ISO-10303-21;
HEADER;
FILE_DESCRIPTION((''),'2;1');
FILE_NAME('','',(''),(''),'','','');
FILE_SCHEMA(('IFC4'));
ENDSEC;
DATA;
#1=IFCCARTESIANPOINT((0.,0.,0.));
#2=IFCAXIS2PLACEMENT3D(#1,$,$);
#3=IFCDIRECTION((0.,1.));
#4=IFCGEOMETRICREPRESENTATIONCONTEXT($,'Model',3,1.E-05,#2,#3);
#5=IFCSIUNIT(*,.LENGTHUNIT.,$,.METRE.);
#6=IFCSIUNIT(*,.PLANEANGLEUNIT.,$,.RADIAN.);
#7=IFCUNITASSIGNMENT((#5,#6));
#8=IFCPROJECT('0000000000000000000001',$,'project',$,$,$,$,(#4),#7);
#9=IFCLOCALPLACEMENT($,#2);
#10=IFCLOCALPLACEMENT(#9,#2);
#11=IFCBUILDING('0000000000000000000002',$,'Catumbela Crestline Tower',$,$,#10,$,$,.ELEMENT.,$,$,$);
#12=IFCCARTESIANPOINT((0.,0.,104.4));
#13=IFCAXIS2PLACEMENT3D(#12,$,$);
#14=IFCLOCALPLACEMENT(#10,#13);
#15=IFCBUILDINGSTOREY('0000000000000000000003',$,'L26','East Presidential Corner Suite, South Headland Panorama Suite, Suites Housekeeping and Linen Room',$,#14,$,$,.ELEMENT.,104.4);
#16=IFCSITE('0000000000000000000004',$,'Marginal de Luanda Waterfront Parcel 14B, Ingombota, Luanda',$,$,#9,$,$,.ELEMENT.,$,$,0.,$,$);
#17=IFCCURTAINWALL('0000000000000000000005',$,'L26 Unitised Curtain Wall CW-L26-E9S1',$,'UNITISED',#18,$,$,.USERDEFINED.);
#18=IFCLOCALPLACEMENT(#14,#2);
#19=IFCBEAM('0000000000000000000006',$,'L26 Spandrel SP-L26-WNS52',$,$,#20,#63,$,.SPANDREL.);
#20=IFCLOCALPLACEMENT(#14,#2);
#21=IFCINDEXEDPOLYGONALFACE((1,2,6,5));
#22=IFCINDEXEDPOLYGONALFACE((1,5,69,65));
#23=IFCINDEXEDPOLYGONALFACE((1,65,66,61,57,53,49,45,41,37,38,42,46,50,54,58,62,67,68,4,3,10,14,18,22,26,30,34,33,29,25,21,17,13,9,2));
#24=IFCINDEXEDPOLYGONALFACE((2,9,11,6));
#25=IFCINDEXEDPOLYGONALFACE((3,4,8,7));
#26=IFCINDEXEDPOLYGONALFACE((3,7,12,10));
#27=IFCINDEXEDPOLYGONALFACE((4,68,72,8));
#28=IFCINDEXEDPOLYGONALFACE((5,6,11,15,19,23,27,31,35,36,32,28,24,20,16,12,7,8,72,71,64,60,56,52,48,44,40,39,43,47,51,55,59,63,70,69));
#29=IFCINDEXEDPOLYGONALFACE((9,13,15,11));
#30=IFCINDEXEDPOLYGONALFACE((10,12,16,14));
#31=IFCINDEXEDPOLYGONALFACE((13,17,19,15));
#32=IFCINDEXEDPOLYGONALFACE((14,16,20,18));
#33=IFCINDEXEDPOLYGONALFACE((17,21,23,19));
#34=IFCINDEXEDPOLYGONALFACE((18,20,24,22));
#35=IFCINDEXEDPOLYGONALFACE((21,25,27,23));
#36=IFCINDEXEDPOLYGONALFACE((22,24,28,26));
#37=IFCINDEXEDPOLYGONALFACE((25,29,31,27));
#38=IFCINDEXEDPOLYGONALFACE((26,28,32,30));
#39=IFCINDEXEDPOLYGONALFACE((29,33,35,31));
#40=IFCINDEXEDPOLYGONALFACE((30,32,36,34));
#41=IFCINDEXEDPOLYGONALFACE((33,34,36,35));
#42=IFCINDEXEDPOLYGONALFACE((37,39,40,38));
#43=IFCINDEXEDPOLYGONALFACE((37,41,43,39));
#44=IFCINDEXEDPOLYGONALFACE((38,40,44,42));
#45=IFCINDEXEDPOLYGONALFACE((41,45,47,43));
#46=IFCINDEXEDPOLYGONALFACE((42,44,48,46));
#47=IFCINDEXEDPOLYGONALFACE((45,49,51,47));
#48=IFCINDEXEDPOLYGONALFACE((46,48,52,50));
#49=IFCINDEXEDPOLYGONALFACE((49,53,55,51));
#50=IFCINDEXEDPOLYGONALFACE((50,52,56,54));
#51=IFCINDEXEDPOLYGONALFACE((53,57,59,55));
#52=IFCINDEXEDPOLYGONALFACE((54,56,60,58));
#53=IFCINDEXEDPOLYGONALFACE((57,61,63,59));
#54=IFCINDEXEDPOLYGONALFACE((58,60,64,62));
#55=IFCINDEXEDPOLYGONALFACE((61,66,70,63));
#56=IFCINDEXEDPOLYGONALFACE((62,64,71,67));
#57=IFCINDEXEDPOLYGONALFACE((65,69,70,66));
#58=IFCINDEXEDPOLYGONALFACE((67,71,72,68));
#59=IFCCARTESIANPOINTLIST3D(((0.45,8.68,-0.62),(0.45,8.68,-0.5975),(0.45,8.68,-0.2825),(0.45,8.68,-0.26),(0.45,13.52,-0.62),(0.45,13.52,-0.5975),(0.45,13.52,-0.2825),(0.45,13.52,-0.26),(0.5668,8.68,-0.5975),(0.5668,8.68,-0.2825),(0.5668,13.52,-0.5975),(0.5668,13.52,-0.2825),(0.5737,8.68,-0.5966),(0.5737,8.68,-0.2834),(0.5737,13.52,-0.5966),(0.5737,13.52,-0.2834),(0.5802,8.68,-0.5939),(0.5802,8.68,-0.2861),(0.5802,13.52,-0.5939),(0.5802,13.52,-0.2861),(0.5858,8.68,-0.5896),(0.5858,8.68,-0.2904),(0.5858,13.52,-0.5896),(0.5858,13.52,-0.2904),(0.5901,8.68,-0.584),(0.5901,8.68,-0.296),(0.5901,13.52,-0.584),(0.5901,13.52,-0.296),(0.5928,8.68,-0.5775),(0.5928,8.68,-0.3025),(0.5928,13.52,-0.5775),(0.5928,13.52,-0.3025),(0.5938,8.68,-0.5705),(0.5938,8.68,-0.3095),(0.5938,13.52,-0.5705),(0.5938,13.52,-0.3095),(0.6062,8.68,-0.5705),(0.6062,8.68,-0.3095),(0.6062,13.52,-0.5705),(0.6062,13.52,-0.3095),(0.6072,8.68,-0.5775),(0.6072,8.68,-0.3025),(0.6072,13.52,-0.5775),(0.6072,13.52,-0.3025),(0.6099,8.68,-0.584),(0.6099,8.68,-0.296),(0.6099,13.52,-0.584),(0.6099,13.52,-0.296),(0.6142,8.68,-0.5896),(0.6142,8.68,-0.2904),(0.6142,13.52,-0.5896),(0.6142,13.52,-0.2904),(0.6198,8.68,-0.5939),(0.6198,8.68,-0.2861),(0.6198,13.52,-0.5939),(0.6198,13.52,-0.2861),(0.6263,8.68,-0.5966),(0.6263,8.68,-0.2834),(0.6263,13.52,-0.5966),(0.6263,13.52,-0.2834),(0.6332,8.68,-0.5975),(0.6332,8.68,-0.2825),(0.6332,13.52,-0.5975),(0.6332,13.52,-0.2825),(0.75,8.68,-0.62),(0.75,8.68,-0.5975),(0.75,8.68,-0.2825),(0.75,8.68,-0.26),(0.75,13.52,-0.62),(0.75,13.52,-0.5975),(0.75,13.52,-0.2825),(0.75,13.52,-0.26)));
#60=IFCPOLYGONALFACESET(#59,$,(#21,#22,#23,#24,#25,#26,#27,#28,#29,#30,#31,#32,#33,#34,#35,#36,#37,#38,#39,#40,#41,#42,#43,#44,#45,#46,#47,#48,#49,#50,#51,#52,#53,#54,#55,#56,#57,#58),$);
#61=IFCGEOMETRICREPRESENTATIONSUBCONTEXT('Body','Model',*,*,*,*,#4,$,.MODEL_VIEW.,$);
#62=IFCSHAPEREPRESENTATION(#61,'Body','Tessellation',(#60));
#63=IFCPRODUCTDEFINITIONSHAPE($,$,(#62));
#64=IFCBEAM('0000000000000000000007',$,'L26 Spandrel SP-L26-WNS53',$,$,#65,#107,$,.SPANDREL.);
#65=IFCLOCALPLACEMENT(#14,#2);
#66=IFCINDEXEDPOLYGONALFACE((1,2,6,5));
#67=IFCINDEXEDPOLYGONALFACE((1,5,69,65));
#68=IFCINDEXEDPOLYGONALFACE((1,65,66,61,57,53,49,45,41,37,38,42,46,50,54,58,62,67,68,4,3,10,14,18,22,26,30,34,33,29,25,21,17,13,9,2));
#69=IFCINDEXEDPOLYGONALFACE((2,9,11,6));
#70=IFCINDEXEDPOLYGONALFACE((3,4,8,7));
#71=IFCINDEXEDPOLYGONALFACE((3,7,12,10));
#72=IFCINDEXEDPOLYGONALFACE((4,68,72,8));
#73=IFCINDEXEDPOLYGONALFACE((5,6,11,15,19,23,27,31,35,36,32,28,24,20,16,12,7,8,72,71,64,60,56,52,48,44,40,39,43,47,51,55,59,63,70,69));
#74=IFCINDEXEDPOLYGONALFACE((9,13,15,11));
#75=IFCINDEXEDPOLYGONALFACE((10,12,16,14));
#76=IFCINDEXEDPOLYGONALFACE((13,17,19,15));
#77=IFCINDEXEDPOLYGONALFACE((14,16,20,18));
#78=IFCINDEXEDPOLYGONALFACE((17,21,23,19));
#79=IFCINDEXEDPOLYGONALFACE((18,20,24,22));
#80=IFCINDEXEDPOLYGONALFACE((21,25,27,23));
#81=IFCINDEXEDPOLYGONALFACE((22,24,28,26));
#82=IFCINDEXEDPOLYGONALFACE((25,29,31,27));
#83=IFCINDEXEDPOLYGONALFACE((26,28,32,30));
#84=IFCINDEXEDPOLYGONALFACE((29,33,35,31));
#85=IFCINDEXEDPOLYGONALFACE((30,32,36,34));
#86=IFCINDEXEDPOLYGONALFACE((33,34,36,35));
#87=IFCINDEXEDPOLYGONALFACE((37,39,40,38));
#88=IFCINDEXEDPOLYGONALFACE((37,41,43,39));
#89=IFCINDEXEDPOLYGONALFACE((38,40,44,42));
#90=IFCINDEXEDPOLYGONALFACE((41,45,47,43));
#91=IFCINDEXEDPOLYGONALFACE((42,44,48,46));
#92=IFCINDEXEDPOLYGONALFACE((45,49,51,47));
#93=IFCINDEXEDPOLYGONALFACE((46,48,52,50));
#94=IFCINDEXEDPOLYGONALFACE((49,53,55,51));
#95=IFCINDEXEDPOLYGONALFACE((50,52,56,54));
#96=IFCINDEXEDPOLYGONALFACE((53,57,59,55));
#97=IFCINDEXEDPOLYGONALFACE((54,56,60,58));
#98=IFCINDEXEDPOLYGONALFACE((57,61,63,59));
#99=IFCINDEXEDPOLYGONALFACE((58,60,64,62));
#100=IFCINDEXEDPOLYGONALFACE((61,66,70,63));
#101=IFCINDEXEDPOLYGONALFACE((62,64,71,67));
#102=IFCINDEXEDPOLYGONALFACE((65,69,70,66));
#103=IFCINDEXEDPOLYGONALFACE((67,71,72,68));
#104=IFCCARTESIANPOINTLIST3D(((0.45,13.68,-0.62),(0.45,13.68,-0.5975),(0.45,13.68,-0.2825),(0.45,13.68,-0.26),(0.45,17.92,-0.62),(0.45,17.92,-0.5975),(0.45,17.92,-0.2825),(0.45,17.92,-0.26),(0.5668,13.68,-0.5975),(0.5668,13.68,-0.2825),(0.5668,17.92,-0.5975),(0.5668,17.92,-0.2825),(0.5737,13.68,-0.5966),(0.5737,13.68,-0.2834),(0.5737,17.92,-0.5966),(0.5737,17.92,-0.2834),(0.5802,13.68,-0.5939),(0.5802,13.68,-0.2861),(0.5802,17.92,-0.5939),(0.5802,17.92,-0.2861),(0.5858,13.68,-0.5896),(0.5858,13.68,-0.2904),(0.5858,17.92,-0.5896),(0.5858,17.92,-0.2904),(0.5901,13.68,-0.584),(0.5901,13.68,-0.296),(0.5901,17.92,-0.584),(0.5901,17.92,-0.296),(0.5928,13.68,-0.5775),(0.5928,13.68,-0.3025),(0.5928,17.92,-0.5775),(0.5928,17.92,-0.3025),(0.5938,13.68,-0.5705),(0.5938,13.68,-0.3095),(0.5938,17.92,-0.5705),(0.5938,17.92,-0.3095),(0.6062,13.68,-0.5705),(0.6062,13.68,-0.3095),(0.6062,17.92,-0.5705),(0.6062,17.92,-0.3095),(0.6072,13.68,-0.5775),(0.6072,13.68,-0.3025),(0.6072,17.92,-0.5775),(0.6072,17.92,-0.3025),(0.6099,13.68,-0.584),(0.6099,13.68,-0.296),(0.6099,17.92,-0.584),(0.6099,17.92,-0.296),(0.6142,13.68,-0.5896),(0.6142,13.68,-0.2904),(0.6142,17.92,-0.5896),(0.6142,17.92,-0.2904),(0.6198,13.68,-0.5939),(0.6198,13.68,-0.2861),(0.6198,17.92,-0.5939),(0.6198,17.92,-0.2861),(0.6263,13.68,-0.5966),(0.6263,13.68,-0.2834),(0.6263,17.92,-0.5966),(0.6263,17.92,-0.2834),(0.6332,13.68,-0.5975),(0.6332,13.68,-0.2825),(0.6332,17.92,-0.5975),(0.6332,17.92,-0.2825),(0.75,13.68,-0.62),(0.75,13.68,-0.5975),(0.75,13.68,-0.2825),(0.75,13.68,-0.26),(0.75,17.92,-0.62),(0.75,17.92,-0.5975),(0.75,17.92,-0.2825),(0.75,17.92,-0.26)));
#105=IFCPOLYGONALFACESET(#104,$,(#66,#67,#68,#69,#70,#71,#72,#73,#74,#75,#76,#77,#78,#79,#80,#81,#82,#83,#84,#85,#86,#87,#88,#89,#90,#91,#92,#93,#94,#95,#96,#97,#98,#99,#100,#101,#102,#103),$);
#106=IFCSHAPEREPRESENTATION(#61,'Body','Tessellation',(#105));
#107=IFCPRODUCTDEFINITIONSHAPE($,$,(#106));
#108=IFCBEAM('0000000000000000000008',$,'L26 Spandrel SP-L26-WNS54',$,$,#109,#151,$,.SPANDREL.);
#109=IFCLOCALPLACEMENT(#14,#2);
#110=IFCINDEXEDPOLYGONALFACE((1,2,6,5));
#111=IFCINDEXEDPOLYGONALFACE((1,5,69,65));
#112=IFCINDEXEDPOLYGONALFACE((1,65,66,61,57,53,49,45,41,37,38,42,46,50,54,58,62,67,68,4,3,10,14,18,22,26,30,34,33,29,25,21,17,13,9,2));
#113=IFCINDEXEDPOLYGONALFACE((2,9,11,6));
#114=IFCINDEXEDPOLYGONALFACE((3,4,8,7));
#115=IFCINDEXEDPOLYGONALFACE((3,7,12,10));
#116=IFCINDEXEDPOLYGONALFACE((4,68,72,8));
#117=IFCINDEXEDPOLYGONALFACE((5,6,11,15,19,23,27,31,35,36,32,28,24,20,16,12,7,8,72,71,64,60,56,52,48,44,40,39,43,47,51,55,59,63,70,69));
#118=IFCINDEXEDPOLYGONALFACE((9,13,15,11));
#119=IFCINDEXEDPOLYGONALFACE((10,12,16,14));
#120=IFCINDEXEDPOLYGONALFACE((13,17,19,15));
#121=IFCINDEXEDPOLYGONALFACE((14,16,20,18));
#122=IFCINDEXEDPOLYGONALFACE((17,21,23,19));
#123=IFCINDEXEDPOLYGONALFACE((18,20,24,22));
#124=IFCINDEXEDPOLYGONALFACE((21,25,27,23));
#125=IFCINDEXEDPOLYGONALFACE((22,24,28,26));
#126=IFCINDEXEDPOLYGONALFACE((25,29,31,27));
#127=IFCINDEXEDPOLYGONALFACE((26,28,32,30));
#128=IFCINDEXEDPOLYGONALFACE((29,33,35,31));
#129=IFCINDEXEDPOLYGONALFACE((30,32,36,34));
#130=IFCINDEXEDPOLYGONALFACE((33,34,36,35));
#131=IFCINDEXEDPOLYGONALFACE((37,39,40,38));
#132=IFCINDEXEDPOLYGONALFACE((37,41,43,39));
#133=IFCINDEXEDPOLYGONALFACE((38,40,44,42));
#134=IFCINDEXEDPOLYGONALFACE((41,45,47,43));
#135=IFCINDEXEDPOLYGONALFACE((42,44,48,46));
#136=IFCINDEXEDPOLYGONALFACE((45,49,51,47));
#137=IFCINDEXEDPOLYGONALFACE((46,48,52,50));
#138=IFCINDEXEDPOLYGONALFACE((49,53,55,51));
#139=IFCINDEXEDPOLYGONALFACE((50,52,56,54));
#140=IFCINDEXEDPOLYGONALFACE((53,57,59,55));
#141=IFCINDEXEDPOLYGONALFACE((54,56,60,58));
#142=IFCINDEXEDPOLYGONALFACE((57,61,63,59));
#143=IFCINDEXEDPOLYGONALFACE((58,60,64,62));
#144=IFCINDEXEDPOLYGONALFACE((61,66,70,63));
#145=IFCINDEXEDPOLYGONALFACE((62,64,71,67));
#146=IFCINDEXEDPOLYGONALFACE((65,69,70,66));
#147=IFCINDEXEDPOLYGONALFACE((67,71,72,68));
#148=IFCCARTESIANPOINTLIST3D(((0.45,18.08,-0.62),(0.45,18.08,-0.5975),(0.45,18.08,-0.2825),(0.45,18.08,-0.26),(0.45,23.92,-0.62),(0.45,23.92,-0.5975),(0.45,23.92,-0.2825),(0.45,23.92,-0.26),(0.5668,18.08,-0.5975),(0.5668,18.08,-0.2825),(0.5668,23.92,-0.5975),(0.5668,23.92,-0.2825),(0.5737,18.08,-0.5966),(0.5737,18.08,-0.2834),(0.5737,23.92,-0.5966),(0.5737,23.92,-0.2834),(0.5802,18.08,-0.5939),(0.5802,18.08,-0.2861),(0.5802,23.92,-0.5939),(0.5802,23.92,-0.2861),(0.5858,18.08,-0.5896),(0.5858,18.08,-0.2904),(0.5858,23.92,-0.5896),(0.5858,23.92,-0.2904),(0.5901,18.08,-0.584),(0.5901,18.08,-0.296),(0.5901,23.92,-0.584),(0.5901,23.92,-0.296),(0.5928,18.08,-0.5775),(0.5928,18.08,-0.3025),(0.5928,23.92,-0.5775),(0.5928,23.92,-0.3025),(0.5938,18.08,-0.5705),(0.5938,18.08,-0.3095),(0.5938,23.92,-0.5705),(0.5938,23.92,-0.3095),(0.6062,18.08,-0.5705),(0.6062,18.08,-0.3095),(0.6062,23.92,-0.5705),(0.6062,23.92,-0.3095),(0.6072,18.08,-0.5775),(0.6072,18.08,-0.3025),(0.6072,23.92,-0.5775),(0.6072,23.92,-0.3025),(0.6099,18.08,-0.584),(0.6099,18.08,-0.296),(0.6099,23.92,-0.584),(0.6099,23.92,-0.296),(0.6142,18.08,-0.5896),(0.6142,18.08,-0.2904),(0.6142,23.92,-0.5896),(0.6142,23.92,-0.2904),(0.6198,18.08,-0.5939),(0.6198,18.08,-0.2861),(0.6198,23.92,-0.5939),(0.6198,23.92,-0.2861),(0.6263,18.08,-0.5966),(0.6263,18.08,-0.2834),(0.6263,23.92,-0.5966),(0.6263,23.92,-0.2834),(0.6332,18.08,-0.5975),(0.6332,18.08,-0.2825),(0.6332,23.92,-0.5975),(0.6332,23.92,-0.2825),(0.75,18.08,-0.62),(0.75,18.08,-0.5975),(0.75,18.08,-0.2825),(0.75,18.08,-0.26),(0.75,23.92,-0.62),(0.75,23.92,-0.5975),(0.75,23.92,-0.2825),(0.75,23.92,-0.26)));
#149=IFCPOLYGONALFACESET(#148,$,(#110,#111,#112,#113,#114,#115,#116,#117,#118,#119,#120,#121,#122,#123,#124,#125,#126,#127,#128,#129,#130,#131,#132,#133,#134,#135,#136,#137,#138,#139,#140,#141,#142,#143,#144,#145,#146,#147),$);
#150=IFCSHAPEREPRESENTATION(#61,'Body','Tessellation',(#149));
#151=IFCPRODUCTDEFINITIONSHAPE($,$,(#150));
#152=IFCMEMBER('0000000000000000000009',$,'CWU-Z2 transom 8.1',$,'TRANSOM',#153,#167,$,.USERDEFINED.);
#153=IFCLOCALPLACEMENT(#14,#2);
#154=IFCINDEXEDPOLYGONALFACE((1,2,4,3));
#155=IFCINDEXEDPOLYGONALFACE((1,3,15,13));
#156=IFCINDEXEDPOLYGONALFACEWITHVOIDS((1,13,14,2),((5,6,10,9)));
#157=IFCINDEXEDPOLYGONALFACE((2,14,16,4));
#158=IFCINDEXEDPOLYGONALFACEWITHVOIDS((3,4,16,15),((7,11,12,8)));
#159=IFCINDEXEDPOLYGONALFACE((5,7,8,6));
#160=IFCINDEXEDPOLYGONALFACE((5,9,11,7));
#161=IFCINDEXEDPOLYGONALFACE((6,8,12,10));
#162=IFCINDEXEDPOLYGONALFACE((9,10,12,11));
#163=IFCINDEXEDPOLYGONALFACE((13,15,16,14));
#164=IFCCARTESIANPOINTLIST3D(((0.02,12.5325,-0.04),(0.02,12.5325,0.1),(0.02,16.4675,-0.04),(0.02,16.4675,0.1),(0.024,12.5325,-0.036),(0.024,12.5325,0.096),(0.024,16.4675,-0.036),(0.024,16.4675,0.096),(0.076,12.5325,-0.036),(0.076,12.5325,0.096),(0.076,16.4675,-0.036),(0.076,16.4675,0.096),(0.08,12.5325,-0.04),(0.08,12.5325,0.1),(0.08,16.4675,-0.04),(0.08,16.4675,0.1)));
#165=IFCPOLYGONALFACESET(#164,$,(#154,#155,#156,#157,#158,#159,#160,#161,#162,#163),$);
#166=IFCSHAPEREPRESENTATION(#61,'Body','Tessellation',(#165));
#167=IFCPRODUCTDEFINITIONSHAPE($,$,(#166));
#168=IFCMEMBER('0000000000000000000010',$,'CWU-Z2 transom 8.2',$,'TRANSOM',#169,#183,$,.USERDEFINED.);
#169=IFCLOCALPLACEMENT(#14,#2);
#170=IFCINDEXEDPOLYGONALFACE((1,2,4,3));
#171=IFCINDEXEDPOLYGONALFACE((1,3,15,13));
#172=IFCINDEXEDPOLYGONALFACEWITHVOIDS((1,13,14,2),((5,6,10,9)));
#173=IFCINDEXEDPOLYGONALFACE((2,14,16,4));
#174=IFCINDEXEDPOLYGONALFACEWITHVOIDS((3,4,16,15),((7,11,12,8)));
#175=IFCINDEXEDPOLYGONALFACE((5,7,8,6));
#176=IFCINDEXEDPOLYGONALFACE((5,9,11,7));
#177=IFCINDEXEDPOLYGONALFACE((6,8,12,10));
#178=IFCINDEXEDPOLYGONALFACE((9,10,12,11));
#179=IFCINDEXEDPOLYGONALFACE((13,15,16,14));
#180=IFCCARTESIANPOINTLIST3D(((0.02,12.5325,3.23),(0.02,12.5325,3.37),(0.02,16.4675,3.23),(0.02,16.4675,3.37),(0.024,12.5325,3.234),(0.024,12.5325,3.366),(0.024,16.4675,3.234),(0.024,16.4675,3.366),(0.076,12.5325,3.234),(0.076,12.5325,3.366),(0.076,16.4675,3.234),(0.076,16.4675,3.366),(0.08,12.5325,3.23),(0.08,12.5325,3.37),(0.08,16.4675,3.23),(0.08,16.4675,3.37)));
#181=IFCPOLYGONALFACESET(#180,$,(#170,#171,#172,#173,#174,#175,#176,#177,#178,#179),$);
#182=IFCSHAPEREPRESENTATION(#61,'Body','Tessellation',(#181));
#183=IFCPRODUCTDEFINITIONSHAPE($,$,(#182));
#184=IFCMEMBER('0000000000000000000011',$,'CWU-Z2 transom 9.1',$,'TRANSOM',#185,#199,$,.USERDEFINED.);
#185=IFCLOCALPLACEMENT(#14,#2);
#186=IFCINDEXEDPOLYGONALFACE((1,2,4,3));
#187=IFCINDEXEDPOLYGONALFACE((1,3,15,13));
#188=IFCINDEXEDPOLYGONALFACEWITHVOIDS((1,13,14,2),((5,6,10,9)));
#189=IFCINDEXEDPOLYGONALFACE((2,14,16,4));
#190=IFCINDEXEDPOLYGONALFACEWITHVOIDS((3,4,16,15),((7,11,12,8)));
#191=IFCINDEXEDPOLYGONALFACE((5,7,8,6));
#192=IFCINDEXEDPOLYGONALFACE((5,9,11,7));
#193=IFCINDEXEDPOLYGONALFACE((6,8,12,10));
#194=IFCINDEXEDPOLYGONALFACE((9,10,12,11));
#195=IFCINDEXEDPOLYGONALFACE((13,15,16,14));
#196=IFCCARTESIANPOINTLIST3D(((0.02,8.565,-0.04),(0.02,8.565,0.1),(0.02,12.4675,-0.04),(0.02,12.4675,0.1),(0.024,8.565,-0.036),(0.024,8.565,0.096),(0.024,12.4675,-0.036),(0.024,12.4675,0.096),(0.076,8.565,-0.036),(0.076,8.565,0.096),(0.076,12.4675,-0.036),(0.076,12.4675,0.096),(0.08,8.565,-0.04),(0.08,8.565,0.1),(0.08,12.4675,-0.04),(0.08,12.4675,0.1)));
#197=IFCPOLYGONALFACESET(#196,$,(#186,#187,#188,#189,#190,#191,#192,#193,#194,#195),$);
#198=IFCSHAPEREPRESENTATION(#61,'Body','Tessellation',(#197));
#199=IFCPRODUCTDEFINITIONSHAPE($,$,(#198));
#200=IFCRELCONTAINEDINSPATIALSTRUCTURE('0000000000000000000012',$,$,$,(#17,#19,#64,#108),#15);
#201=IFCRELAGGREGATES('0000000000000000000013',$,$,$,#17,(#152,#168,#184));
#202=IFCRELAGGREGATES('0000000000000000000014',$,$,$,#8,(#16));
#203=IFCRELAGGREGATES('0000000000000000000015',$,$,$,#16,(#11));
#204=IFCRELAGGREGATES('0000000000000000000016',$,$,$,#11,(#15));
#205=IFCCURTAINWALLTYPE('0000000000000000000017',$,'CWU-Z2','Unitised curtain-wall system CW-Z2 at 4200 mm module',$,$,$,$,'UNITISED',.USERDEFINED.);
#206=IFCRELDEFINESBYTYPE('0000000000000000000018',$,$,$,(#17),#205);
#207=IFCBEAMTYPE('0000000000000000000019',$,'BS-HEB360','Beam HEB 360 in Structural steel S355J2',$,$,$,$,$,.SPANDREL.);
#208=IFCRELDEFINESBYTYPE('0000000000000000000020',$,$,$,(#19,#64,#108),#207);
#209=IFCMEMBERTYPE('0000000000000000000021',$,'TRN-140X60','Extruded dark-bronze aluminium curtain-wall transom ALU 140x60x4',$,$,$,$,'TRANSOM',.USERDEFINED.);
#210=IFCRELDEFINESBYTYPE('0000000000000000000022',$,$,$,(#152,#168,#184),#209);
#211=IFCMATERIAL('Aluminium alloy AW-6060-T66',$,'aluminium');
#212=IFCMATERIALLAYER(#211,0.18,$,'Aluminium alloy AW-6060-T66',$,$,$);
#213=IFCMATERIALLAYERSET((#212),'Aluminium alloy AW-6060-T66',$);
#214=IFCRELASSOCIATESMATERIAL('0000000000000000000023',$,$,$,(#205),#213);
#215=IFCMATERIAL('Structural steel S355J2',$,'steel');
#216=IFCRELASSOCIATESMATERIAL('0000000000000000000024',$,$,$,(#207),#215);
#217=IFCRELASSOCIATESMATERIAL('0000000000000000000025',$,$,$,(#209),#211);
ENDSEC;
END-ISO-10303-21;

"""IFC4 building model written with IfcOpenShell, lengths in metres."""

from ifc_helpers import new_model, si_unit, direction, frame, origin, origin_2d, place, context, subcontext, project, spatial, hollow_rectangle, i_section, extrude, material, layer, layer_set, material_profile, profile_set, type_object, element, aggregate, save


model = new_model("IFC4")

# Units and contexts
model_context = context("Model", 3, precision=1e-05, world=origin(), true_north=direction((0.0, 1.0)))
body_context = subcontext(model_context, "Body", "Model", "MODEL_VIEW")
ifc_project = project(units=[si_unit("LENGTHUNIT", "METRE"), si_unit("PLANEANGLEUNIT", "RADIAN")], contexts=[model_context])

# Site, building, storey
site_placement = place(None, origin())
site = spatial("IfcSite", under=ifc_project, at=site_placement, Name="Marginal de Luanda Waterfront Parcel 14B, Ingombota, Luanda", CompositionType="ELEMENT", RefElevation=0.0)
building_placement = place(site_placement, origin())
building = spatial("IfcBuilding", under=site, at=building_placement, Name="Catumbela Crestline Tower", CompositionType="ELEMENT")
storey_placement = place(building_placement, frame((0.0, 0.0, 104.4)))
storey = spatial("IfcBuildingStorey", under=building, at=storey_placement, Name="L26", Description="East Presidential Corner Suite, South Headland Panorama Suite, Suites Housekeeping and Linen Room", CompositionType="ELEMENT", Elevation=104.4)

# Shared definitions
ifc_material_1 = material(Name="Structural steel S355J2", Category="steel")

# Curtain wall
ifc_material_2 = material(Name="Aluminium alloy AW-6060-T66", Category="aluminium")
ifc_layer_1 = layer(ifc_material_2, 0.18, Name="Aluminium alloy AW-6060-T66")
ifc_layer_set_1 = layer_set([ifc_layer_1], Name="Aluminium alloy AW-6060-T66")
curtain_wall_type = type_object("IfcCurtainWallType", Name="CWU-Z2", Description="Unitised curtain-wall system CW-Z2 at 4200 mm module", ElementType="UNITISED", PredefinedType="USERDEFINED", material=ifc_layer_set_1)
curtain_wall_placement = place(storey_placement, origin())
curtain_wall = element("IfcCurtainWall", 1, at=curtain_wall_placement, inside=storey, type_object=curtain_wall_type, Name="L26 Unitised Curtain Wall CW-L26-E9S1", ObjectType="UNITISED", PredefinedType="USERDEFINED")

# Beams
ifc_material_profile_1 = material_profile(ifc_material_1, i_section(OverallWidth=0.3, OverallDepth=0.36, WebThickness=0.0125, FlangeThickness=0.0225, FilletRadius=0.027, at=origin_2d()), Name="HEB 360")
ifc_profile_set_1 = profile_set([ifc_material_profile_1], Name="Structural steel S355J2")
beam_type_1 = type_object("IfcBeamType", Name="BS-HEB360", Description="Beam HEB 360 in Structural steel S355J2", PredefinedType="SPANDREL", material=ifc_profile_set_1)
beam_1_placement = place(storey_placement, frame((0.6, 8.68, -0.44), z_axis=(0.0, 1.0, 0.0), x_axis=(-1.0, 0.0, 0.0)))
element("IfcBeam", 2, at=beam_1_placement, inside=storey, type_object=beam_type_1, Name="L26 Spandrel SP-L26-WNS52", PredefinedType="SPANDREL", context=body_context, shape_type="SweptSolid", body=[
    extrude(i_section(OverallWidth=0.3, OverallDepth=0.36, WebThickness=0.0125, FlangeThickness=0.0225, FilletRadius=0.027, at=origin_2d()), origin(), (0.0, 0.0, 1.0), 4.84),
])
beam_2_placement = place(storey_placement, frame((0.6, 13.68, -0.44), z_axis=(0.0, 1.0, 0.0), x_axis=(-1.0, 0.0, 0.0)))
element("IfcBeam", 3, at=beam_2_placement, inside=storey, type_object=beam_type_1, Name="L26 Spandrel SP-L26-WNS53", PredefinedType="SPANDREL", context=body_context, shape_type="SweptSolid", body=[
    extrude(i_section(OverallWidth=0.3, OverallDepth=0.36, WebThickness=0.0125, FlangeThickness=0.0225, FilletRadius=0.027, at=origin_2d()), origin(), (0.0, 0.0, 1.0), 4.24),
])
beam_3_placement = place(storey_placement, frame((0.6, 18.08, -0.44), z_axis=(0.0, 1.0, 0.0), x_axis=(-1.0, 0.0, 0.0)))
element("IfcBeam", 4, at=beam_3_placement, inside=storey, type_object=beam_type_1, Name="L26 Spandrel SP-L26-WNS54", PredefinedType="SPANDREL", context=body_context, shape_type="SweptSolid", body=[
    extrude(i_section(OverallWidth=0.3, OverallDepth=0.36, WebThickness=0.0125, FlangeThickness=0.0225, FilletRadius=0.027, at=origin_2d()), origin(), (0.0, 0.0, 1.0), 5.84),
])

# Members
ifc_material_profile_2 = material_profile(ifc_material_2, hollow_rectangle(XDim=0.06, YDim=0.14, WallThickness=0.004, at=origin_2d()), Name="ALU 140x60x4")
ifc_profile_set_2 = profile_set([ifc_material_profile_2], Name="Aluminium alloy AW-6060-T66")
member_type_1 = type_object("IfcMemberType", Name="TRN-140X60", Description="Extruded dark-bronze aluminium curtain-wall transom ALU 140x60x4", ElementType="TRANSOM", PredefinedType="USERDEFINED", material=ifc_profile_set_2)
member_1_placement = place(storey_placement, frame((0.05, 16.4675, 0.03), z_axis=(0.0, -1.0, 0.0), x_axis=(1.0, 0.0, 0.0)))
member_1 = element("IfcMember", 5, at=member_1_placement, type_object=member_type_1, Name="CWU-Z2 transom 8.1", ObjectType="TRANSOM", PredefinedType="USERDEFINED", context=body_context, shape_type="SweptSolid", body=[
    extrude(hollow_rectangle(XDim=0.06, YDim=0.14, WallThickness=0.004, at=origin_2d()), origin(), (0.0, 0.0, 1.0), 3.935),
])
member_2_placement = place(storey_placement, frame((0.05, 16.4675, 3.3), z_axis=(0.0, -1.0, 0.0), x_axis=(1.0, 0.0, 0.0)))
member_2 = element("IfcMember", 6, at=member_2_placement, type_object=member_type_1, Name="CWU-Z2 transom 8.2", ObjectType="TRANSOM", PredefinedType="USERDEFINED", context=body_context, shape_type="SweptSolid", body=[
    extrude(hollow_rectangle(XDim=0.06, YDim=0.14, WallThickness=0.004, at=origin_2d()), origin(), (0.0, 0.0, 1.0), 3.935),
])
member_3_placement = place(storey_placement, frame((0.05, 12.4675, 0.03), z_axis=(0.0, -1.0, 0.0), x_axis=(1.0, 0.0, 0.0)))
member_3 = element("IfcMember", 7, at=member_3_placement, type_object=member_type_1, Name="CWU-Z2 transom 9.1", ObjectType="TRANSOM", PredefinedType="USERDEFINED", context=body_context, shape_type="SweptSolid", body=[
    extrude(hollow_rectangle(XDim=0.06, YDim=0.14, WallThickness=0.004, at=origin_2d()), origin(), (0.0, 0.0, 1.0), 3.9025),
])

aggregate(curtain_wall, [member_1, member_2, member_3])

save(model, "model.ifc")
